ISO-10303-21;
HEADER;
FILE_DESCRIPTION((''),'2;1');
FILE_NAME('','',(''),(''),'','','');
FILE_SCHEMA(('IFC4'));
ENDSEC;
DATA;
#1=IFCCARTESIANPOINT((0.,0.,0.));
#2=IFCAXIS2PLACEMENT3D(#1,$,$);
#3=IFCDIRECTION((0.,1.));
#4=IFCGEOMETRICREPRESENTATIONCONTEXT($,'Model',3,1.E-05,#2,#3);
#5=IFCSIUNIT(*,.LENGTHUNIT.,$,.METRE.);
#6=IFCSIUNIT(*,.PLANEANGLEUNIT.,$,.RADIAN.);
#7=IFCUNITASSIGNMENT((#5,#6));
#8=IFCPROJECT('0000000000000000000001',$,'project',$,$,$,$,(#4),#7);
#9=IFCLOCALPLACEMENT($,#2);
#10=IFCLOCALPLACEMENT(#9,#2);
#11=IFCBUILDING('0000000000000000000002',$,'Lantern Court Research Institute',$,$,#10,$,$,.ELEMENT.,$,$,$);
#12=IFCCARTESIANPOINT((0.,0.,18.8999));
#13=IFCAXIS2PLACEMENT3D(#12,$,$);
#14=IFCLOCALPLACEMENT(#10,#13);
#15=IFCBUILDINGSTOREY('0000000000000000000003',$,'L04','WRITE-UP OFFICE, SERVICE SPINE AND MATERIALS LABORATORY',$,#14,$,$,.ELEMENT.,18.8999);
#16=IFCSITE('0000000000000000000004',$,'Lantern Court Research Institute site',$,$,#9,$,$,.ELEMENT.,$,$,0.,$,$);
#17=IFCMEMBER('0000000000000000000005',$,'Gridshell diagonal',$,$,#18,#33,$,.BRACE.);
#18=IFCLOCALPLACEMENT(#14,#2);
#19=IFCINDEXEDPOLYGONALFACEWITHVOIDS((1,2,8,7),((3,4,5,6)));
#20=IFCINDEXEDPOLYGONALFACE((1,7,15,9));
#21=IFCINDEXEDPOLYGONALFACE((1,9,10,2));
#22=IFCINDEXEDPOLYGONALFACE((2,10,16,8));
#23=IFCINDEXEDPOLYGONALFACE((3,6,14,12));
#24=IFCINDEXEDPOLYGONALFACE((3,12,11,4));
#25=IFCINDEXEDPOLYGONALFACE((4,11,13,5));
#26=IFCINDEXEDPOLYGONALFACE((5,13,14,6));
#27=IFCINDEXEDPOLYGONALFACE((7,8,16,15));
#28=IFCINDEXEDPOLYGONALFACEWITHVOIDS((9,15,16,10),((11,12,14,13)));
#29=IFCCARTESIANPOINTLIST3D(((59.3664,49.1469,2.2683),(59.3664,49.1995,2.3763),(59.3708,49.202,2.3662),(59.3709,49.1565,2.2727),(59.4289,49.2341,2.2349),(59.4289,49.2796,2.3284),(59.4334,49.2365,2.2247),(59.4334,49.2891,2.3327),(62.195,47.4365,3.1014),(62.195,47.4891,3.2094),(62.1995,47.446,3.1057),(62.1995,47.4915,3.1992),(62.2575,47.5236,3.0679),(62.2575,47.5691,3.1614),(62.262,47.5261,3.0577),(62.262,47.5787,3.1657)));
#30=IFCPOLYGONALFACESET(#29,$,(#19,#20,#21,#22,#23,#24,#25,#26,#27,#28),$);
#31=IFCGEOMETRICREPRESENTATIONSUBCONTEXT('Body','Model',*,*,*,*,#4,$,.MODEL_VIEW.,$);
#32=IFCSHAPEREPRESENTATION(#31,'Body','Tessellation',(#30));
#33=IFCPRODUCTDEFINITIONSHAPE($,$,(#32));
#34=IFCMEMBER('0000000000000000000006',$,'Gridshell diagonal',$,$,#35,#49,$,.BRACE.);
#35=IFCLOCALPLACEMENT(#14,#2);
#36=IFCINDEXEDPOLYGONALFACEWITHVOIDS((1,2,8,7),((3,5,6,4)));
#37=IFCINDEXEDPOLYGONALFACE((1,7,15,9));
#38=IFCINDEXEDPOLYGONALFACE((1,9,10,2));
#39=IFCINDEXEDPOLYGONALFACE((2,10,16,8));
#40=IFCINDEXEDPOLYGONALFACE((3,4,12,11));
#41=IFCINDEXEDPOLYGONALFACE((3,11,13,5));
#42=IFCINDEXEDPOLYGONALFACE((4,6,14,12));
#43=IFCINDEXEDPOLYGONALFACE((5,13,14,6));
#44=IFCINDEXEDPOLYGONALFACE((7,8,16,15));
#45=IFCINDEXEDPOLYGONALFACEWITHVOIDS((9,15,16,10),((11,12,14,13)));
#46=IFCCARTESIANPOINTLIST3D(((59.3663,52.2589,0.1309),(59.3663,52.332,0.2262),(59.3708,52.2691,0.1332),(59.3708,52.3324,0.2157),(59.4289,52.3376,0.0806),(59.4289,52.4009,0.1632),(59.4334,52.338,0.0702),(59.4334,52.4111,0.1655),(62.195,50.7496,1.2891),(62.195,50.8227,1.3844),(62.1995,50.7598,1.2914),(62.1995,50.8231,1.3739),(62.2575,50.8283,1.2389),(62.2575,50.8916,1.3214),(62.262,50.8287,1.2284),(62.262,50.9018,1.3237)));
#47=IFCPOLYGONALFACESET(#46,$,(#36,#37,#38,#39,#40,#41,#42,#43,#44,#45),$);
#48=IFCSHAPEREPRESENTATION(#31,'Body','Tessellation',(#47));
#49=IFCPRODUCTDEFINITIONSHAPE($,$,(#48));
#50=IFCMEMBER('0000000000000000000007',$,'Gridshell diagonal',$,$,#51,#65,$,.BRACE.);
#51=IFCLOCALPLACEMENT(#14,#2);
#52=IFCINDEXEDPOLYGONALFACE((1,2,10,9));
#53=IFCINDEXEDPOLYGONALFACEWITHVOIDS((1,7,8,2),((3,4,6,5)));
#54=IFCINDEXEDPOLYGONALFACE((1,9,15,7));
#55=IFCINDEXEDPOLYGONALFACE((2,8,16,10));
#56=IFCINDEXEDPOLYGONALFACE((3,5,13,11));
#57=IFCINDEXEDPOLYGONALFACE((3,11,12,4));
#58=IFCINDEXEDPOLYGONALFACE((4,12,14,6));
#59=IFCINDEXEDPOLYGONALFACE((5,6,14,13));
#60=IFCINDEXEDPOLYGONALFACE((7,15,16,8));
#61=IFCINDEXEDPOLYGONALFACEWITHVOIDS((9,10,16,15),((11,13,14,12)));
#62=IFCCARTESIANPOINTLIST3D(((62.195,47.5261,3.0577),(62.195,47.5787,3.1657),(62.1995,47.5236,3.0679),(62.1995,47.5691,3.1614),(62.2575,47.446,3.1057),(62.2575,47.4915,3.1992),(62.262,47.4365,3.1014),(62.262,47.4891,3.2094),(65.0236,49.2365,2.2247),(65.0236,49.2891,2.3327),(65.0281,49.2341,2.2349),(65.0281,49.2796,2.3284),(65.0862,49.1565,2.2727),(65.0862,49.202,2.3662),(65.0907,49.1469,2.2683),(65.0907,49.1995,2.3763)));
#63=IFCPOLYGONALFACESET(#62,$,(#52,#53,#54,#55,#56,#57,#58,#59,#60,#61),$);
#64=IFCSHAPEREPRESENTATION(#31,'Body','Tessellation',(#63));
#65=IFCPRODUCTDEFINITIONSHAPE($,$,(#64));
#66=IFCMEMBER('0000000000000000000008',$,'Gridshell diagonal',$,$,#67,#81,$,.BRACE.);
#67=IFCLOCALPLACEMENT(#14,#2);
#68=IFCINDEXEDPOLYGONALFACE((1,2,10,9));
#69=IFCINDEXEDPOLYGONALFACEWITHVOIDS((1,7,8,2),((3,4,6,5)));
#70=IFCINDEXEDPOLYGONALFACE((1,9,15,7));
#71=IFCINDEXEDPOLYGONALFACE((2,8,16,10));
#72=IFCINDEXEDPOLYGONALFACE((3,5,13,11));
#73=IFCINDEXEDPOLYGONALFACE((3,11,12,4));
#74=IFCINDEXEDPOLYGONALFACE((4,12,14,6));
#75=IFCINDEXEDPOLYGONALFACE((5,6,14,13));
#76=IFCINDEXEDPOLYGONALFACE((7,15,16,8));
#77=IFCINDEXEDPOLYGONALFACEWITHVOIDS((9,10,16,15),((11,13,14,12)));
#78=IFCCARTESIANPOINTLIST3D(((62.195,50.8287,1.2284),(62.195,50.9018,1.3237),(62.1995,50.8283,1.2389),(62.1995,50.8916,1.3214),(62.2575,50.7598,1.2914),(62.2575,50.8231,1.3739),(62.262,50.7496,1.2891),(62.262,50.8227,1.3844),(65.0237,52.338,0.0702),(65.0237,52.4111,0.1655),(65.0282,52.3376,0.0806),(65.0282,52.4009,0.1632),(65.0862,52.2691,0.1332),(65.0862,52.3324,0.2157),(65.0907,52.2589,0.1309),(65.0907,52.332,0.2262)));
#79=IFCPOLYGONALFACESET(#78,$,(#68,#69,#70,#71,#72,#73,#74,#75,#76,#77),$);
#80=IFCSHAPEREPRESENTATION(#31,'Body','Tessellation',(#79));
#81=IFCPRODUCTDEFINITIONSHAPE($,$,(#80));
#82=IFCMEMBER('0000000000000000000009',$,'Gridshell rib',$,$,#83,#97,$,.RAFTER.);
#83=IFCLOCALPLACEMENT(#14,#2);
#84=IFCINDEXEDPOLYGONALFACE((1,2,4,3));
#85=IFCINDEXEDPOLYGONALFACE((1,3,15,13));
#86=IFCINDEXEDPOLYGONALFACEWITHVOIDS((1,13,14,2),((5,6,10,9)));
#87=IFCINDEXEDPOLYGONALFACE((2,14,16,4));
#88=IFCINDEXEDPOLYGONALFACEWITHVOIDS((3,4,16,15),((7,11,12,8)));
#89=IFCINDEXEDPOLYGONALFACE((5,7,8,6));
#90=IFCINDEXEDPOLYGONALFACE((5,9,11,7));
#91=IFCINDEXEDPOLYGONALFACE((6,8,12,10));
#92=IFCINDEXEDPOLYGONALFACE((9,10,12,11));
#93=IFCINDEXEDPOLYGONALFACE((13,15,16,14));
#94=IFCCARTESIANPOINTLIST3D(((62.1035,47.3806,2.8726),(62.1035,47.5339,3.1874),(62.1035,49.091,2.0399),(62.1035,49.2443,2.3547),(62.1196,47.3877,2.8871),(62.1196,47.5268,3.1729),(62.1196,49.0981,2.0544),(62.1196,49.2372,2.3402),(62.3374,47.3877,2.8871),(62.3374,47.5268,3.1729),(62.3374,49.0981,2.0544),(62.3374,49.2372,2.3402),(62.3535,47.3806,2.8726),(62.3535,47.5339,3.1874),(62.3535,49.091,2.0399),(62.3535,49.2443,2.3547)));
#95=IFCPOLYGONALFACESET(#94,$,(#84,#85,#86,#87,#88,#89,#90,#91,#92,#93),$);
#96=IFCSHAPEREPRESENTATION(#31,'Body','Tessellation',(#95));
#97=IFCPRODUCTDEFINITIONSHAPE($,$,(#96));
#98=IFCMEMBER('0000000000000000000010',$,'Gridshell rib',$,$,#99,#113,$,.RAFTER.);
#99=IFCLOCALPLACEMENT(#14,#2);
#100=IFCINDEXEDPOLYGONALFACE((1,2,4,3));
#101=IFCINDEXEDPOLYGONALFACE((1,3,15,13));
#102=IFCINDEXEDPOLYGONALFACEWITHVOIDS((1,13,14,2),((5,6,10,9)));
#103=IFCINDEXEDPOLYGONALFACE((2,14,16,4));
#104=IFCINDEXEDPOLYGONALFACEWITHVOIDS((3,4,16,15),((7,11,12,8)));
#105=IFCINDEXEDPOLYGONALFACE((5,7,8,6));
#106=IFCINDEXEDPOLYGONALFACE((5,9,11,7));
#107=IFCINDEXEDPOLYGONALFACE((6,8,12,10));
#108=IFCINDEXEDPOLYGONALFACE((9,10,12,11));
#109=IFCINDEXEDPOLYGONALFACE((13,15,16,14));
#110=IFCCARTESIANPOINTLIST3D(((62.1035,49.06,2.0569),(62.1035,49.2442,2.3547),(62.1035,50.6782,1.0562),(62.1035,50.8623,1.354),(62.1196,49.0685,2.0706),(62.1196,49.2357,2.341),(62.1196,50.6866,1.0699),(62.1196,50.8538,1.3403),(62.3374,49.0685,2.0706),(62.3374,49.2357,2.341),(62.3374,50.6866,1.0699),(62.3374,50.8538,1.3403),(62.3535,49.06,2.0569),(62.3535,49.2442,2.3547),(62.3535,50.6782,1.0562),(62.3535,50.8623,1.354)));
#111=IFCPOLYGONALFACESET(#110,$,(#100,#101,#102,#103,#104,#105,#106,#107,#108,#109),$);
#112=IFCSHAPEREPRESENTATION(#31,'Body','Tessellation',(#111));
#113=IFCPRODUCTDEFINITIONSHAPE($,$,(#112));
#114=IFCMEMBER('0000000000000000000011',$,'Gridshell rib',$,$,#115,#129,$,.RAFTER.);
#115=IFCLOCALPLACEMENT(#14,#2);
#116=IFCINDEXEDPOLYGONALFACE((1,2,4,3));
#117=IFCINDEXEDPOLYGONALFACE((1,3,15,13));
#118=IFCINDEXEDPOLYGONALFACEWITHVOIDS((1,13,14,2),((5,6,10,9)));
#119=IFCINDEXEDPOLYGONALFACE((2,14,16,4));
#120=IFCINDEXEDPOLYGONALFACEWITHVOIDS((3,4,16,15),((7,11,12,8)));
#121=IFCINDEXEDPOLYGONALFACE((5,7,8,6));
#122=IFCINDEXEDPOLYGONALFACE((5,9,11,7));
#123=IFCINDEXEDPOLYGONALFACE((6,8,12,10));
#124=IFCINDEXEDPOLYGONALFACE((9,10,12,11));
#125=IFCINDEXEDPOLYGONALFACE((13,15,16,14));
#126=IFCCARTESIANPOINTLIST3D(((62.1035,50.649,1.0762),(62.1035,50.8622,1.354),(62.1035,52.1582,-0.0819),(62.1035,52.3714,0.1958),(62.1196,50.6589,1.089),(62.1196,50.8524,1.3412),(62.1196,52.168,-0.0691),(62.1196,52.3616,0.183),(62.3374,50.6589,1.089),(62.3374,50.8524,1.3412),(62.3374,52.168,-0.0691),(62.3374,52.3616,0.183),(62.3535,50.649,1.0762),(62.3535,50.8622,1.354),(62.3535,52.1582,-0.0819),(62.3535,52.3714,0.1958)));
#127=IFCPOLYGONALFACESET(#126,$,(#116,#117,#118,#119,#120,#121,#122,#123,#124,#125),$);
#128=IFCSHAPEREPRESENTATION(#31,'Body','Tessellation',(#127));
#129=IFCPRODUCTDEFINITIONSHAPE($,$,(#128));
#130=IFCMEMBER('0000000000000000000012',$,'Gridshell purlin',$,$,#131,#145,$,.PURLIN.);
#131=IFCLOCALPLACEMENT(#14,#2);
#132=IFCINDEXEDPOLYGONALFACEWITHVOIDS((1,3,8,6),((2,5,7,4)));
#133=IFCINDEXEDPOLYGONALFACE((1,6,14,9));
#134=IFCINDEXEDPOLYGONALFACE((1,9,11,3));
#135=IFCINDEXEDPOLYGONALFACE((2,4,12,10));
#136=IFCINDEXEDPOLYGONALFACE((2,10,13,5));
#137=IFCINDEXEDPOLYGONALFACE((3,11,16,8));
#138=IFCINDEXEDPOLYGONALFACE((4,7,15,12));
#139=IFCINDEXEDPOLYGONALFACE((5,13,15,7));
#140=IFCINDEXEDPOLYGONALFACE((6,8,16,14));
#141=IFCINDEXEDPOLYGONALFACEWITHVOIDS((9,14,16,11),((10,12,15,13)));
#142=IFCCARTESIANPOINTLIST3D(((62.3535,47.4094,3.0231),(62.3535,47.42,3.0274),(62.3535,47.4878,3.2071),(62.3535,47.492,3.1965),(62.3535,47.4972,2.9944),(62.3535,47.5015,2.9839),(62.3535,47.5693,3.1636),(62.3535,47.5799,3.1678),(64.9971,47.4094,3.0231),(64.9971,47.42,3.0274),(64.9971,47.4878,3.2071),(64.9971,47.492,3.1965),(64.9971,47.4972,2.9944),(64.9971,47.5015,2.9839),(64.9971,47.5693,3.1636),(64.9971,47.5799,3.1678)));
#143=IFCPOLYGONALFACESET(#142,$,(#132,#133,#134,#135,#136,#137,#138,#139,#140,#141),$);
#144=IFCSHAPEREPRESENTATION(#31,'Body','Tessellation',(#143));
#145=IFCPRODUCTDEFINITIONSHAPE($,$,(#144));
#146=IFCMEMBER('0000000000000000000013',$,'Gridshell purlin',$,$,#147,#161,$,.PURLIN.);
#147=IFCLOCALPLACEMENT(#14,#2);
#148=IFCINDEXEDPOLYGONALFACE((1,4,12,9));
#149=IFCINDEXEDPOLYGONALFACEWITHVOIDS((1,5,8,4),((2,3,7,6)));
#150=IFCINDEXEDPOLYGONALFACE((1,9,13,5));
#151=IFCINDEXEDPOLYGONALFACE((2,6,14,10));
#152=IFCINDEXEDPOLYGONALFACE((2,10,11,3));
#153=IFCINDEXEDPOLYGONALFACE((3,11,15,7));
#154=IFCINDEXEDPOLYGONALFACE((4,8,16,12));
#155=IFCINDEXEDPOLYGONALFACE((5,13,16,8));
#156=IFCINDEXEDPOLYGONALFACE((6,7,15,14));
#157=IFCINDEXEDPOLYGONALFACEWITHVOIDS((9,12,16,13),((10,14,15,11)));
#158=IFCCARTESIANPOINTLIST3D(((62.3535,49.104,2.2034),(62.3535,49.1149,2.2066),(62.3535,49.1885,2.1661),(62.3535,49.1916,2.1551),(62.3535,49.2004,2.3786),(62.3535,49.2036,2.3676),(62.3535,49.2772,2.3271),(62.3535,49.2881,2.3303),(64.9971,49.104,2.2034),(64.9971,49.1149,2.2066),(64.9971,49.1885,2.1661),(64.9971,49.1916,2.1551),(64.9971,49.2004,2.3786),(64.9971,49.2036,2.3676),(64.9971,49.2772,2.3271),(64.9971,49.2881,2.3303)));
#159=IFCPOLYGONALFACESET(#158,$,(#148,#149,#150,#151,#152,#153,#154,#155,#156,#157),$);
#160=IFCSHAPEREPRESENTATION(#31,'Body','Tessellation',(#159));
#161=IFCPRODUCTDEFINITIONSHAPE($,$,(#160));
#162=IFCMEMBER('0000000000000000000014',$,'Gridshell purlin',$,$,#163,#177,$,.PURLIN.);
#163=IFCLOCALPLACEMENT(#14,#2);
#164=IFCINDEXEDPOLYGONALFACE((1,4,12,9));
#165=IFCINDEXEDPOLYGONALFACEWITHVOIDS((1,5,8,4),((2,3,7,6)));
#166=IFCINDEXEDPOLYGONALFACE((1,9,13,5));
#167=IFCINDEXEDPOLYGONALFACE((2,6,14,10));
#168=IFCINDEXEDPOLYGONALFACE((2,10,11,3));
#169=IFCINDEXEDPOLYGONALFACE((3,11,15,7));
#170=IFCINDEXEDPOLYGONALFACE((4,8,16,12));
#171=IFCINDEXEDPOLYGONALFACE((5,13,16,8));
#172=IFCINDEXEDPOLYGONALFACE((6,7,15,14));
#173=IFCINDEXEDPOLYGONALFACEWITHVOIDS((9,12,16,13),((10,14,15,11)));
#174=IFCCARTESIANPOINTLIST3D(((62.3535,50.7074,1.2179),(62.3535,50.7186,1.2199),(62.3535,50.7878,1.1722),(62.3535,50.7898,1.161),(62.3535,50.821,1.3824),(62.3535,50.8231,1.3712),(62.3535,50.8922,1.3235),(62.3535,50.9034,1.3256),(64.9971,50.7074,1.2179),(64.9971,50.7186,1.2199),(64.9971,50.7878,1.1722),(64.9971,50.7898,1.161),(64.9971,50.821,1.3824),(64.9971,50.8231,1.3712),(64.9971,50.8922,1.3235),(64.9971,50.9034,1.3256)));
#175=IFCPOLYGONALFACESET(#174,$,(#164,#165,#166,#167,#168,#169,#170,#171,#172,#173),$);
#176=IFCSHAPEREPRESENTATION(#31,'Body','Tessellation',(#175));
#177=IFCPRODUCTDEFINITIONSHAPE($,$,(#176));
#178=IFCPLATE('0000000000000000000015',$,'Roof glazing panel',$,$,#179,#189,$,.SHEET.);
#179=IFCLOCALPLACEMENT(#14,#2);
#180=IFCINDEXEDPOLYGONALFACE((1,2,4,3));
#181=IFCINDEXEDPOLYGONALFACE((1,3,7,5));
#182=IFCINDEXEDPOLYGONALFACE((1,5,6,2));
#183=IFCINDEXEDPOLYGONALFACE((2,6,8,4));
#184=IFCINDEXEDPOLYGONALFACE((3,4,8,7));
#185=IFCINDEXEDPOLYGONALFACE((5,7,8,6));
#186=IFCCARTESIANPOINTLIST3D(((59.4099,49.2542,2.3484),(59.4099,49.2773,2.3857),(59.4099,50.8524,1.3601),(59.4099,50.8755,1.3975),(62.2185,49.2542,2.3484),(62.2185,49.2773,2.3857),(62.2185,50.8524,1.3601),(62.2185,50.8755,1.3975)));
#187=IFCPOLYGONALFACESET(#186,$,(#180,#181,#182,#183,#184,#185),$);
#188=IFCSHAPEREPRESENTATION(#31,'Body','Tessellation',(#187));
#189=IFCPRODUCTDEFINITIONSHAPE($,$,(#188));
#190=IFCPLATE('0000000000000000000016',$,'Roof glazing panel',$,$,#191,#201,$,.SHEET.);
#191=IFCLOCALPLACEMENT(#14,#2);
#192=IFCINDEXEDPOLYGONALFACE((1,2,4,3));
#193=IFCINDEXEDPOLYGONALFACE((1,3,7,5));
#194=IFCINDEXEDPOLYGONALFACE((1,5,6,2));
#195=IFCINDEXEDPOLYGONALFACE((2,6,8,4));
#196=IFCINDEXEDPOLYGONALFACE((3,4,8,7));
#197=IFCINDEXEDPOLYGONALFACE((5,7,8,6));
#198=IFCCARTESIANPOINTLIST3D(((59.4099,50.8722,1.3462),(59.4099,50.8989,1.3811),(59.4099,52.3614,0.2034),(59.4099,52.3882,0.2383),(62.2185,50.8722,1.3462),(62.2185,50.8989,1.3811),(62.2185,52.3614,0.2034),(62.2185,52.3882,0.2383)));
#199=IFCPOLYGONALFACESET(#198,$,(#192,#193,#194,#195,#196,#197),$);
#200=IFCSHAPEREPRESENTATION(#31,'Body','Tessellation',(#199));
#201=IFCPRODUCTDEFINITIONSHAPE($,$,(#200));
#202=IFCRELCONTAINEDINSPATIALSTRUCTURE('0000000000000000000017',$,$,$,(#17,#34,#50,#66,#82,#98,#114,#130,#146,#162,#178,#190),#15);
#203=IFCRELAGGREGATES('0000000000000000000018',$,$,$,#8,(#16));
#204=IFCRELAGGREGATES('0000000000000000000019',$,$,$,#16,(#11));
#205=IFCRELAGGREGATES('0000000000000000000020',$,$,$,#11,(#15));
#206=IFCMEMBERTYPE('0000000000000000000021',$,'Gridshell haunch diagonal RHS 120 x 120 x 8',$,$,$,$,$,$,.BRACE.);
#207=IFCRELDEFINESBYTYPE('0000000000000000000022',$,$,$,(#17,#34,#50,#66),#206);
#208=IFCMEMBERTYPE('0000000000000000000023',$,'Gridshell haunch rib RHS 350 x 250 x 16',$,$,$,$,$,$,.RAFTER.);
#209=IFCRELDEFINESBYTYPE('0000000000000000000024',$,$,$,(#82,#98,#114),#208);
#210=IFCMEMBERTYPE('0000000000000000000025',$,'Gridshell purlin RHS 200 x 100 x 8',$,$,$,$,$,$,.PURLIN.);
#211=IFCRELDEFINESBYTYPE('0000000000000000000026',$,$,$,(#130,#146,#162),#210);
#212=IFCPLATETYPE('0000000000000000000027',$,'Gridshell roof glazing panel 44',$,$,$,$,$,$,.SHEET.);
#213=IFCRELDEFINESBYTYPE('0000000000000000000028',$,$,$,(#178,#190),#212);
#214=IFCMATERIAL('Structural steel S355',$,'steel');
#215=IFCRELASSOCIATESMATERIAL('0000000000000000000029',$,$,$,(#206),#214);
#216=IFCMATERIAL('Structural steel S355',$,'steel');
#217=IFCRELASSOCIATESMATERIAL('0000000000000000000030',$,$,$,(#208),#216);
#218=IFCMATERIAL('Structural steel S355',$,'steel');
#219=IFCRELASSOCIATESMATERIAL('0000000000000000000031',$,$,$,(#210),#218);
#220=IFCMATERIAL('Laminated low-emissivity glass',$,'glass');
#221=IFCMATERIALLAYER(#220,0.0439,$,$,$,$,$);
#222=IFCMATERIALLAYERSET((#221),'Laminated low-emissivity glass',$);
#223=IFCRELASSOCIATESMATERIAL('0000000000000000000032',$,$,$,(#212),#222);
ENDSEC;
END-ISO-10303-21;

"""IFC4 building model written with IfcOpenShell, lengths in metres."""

from ifc_helpers import new_model, si_unit, direction, frame, origin, origin_2d, place, context, subcontext, project, spatial, polyline, hollow_rectangle, outline, extrude, material, layer, layer_set, material_profile, profile_set, type_object, element, save


model = new_model("IFC4")

# Units and contexts
model_context = context("Model", 3, precision=1e-05, world=origin(), true_north=direction((0.0, 1.0)))
body_context = subcontext(model_context, "Body", "Model", "MODEL_VIEW")
ifc_project = project(units=[si_unit("LENGTHUNIT", "METRE"), si_unit("PLANEANGLEUNIT", "RADIAN")], contexts=[model_context])

# Site, building, storey
site_placement = place(None, origin())
site = spatial("IfcSite", under=ifc_project, at=site_placement, Name="Lantern Court Research Institute site", CompositionType="ELEMENT", RefElevation=0.0)
building_placement = place(site_placement, origin())
building = spatial("IfcBuilding", under=site, at=building_placement, Name="Lantern Court Research Institute", CompositionType="ELEMENT")
storey_placement = place(building_placement, frame((0.0, 0.0, 18.8999)))
storey = spatial("IfcBuildingStorey", under=building, at=storey_placement, Name="L04", Description="WRITE-UP OFFICE, SERVICE SPINE AND MATERIALS LABORATORY", CompositionType="ELEMENT", Elevation=18.8999)

# Members
ifc_material_1 = material(Name="Structural steel S355", Category="steel")
ifc_material_profile_1 = material_profile(ifc_material_1, hollow_rectangle(XDim=0.1201, YDim=0.1201, WallThickness=0.0081, at=origin_2d()), Name="Gridshell haunch diagonal RHS 120 x 120 x 8")
ifc_profile_set_1 = profile_set([ifc_material_profile_1], Name="Structural steel S355")
member_type_1 = type_object("IfcMemberType", Name="Gridshell haunch diagonal RHS 120 x 120 x 8", PredefinedType="BRACE", material=ifc_profile_set_1)
for number, where, z_axis, x_axis, name in (
    (1, (62.2285, 47.5076, 3.1335), (-0.829773, 0.50176, -0.244363), (-0.558101, -0.746025, 0.363277), "Gridshell diagonal"),
    (2, (62.2285, 50.8257, 1.3064), (-0.82978, 0.44275, -0.339761), (-0.558091, -0.65828, 0.505176), "Gridshell diagonal"),
    (3, (62.2285, 47.5076, 3.1335), (0.829773, 0.50176, -0.244363), (-0.558101, 0.746025, -0.363277), "Gridshell diagonal"),
    (4, (62.2285, 50.8257, 1.3064), (0.82978, 0.44275, -0.339761), (-0.558091, 0.65828, -0.505176), "Gridshell diagonal"),
):
    element("IfcMember", number, at=place(storey_placement, frame(where, z_axis=z_axis, x_axis=x_axis)), inside=storey, type_object=member_type_1, Name=name, PredefinedType="BRACE", context=body_context, shape_type="SweptSolid", body=[
        extrude(hollow_rectangle(XDim=0.1201, YDim=0.1201, WallThickness=0.0081, at=origin_2d()), origin(), (0.0, 0.0, 1.0), 3.4089),
    ])
ifc_material_2 = material(Name="Structural steel S355", Category="steel")
ifc_material_profile_2 = material_profile(ifc_material_2, hollow_rectangle(XDim=0.25, YDim=0.3501, WallThickness=0.0161, at=origin_2d()), Name="Gridshell haunch rib RHS 350 x 250 x 16")
ifc_profile_set_2 = profile_set([ifc_material_profile_2], Name="Structural steel S355")
member_type_2 = type_object("IfcMemberType", Name="Gridshell haunch rib RHS 350 x 250 x 16", PredefinedType="RAFTER", material=ifc_profile_set_2)
member_1_placement = place(storey_placement, frame((62.2285, 47.4573, 3.03), z_axis=(0.0, 0.8991, -0.437743), x_axis=(-1.0, 0.0, 0.0)))
element("IfcMember", 5, at=member_1_placement, inside=storey, type_object=member_type_2, Name="Gridshell rib", PredefinedType="RAFTER", context=body_context, shape_type="SweptSolid", body=[
    extrude(hollow_rectangle(XDim=0.25, YDim=0.3501, WallThickness=0.0161, at=origin_2d()), origin(), (0.0, 0.0, 1.0), 1.9023),
])
member_2_placement = place(storey_placement, frame((62.2285, 49.1521, 2.2058), z_axis=(0.0, 0.850498, -0.525979), x_axis=(-1.0, 0.0, 0.0)))
element("IfcMember", 6, at=member_2_placement, inside=storey, type_object=member_type_2, Name="Gridshell rib", PredefinedType="RAFTER", context=body_context, shape_type="SweptSolid", body=[
    extrude(hollow_rectangle(XDim=0.25, YDim=0.3501, WallThickness=0.0161, at=origin_2d()), origin(), (0.0, 0.0, 1.0), 1.9026),
])
member_3_placement = place(storey_placement, frame((62.2285, 50.7556, 1.2151), z_axis=(0.0, 0.79333, -0.608792), x_axis=(-1.0, 0.0, 0.0)))
element("IfcMember", 7, at=member_3_placement, inside=storey, type_object=member_type_2, Name="Gridshell rib", PredefinedType="RAFTER", context=body_context, shape_type="SweptSolid", body=[
    extrude(hollow_rectangle(XDim=0.25, YDim=0.3501, WallThickness=0.0161, at=origin_2d()), origin(), (0.0, 0.0, 1.0), 1.9023),
])
ifc_material_3 = material(Name="Structural steel S355", Category="steel")
ifc_material_profile_3 = material_profile(ifc_material_3, hollow_rectangle(XDim=0.1001, YDim=0.2, WallThickness=0.0081, at=origin_2d()), Name="Gridshell purlin RHS 200 x 100 x 8")
ifc_profile_set_3 = profile_set([ifc_material_profile_3], Name="Structural steel S355")
member_type_3 = type_object("IfcMemberType", Name="Gridshell purlin RHS 200 x 100 x 8", PredefinedType="PURLIN", material=ifc_profile_set_3)
for number, where, z_axis, x_axis, name in (
    (8, (62.3535, 47.4946, 3.0955), (1.0, 0.0, 0.0), (0.0, 0.919966, -0.391999), "Gridshell purlin"),
    (9, (62.3535, 49.196, 2.2668), (1.0, 0.0, 0.0), (0.0, 0.875897, -0.482497), "Gridshell purlin"),
    (10, (62.3535, 50.8054, 1.2717), (1.0, 0.0, 0.0), (0.0, 0.822954, -0.568108), "Gridshell purlin"),
):
    element("IfcMember", number, at=place(storey_placement, frame(where, z_axis=z_axis, x_axis=x_axis)), inside=storey, type_object=member_type_3, Name=name, PredefinedType="PURLIN", context=body_context, shape_type="SweptSolid", body=[
        extrude(hollow_rectangle(XDim=0.1001, YDim=0.2, WallThickness=0.0081, at=origin_2d()), origin(), (0.0, 0.0, 1.0), 2.6436),
    ])

# Plates
ifc_material_4 = material(Name="Laminated low-emissivity glass", Category="glass")
ifc_layer = layer(ifc_material_4, 0.0439)
ifc_layer_set = layer_set([ifc_layer], Name="Laminated low-emissivity glass")
plate_type = type_object("IfcPlateType", Name="Gridshell roof glazing panel 44", PredefinedType="SHEET", material=ifc_layer_set)
plate_1_placement = place(storey_placement, frame((62.2185, 49.2773, 2.3857), z_axis=(0.0, 0.525952, 0.850514), x_axis=(-1.0, 0.0, 0.0)))
element("IfcPlate", 11, at=plate_1_placement, inside=storey, type_object=plate_type, Name="Roof glazing panel", PredefinedType="SHEET", context=body_context, shape_type="SweptSolid", body=[
    extrude(outline(polyline([(0.0, 0.0), (2.8086, 0.0), (2.8086, -1.879), (0.0, -1.879), (0.0, 0.0)])), origin(), (0.0, 0.0, -1.0), 0.0439),
])
plate_2_placement = place(storey_placement, frame((62.2185, 50.8989, 1.3811), z_axis=(0.0, 0.608786, 0.793334), x_axis=(-1.0, 0.0, 0.0)))
element("IfcPlate", 12, at=plate_2_placement, inside=storey, type_object=plate_type, Name="Roof glazing panel", PredefinedType="SHEET", context=body_context, shape_type="SweptSolid", body=[
    extrude(outline(polyline([(0.0, 0.0), (2.8086, 0.0), (2.8086, -1.8772), (0.0, -1.8772), (0.0, 0.0)])), origin(), (0.0, 0.0, -1.0), 0.0439),
])

save(model, "model.ifc")
